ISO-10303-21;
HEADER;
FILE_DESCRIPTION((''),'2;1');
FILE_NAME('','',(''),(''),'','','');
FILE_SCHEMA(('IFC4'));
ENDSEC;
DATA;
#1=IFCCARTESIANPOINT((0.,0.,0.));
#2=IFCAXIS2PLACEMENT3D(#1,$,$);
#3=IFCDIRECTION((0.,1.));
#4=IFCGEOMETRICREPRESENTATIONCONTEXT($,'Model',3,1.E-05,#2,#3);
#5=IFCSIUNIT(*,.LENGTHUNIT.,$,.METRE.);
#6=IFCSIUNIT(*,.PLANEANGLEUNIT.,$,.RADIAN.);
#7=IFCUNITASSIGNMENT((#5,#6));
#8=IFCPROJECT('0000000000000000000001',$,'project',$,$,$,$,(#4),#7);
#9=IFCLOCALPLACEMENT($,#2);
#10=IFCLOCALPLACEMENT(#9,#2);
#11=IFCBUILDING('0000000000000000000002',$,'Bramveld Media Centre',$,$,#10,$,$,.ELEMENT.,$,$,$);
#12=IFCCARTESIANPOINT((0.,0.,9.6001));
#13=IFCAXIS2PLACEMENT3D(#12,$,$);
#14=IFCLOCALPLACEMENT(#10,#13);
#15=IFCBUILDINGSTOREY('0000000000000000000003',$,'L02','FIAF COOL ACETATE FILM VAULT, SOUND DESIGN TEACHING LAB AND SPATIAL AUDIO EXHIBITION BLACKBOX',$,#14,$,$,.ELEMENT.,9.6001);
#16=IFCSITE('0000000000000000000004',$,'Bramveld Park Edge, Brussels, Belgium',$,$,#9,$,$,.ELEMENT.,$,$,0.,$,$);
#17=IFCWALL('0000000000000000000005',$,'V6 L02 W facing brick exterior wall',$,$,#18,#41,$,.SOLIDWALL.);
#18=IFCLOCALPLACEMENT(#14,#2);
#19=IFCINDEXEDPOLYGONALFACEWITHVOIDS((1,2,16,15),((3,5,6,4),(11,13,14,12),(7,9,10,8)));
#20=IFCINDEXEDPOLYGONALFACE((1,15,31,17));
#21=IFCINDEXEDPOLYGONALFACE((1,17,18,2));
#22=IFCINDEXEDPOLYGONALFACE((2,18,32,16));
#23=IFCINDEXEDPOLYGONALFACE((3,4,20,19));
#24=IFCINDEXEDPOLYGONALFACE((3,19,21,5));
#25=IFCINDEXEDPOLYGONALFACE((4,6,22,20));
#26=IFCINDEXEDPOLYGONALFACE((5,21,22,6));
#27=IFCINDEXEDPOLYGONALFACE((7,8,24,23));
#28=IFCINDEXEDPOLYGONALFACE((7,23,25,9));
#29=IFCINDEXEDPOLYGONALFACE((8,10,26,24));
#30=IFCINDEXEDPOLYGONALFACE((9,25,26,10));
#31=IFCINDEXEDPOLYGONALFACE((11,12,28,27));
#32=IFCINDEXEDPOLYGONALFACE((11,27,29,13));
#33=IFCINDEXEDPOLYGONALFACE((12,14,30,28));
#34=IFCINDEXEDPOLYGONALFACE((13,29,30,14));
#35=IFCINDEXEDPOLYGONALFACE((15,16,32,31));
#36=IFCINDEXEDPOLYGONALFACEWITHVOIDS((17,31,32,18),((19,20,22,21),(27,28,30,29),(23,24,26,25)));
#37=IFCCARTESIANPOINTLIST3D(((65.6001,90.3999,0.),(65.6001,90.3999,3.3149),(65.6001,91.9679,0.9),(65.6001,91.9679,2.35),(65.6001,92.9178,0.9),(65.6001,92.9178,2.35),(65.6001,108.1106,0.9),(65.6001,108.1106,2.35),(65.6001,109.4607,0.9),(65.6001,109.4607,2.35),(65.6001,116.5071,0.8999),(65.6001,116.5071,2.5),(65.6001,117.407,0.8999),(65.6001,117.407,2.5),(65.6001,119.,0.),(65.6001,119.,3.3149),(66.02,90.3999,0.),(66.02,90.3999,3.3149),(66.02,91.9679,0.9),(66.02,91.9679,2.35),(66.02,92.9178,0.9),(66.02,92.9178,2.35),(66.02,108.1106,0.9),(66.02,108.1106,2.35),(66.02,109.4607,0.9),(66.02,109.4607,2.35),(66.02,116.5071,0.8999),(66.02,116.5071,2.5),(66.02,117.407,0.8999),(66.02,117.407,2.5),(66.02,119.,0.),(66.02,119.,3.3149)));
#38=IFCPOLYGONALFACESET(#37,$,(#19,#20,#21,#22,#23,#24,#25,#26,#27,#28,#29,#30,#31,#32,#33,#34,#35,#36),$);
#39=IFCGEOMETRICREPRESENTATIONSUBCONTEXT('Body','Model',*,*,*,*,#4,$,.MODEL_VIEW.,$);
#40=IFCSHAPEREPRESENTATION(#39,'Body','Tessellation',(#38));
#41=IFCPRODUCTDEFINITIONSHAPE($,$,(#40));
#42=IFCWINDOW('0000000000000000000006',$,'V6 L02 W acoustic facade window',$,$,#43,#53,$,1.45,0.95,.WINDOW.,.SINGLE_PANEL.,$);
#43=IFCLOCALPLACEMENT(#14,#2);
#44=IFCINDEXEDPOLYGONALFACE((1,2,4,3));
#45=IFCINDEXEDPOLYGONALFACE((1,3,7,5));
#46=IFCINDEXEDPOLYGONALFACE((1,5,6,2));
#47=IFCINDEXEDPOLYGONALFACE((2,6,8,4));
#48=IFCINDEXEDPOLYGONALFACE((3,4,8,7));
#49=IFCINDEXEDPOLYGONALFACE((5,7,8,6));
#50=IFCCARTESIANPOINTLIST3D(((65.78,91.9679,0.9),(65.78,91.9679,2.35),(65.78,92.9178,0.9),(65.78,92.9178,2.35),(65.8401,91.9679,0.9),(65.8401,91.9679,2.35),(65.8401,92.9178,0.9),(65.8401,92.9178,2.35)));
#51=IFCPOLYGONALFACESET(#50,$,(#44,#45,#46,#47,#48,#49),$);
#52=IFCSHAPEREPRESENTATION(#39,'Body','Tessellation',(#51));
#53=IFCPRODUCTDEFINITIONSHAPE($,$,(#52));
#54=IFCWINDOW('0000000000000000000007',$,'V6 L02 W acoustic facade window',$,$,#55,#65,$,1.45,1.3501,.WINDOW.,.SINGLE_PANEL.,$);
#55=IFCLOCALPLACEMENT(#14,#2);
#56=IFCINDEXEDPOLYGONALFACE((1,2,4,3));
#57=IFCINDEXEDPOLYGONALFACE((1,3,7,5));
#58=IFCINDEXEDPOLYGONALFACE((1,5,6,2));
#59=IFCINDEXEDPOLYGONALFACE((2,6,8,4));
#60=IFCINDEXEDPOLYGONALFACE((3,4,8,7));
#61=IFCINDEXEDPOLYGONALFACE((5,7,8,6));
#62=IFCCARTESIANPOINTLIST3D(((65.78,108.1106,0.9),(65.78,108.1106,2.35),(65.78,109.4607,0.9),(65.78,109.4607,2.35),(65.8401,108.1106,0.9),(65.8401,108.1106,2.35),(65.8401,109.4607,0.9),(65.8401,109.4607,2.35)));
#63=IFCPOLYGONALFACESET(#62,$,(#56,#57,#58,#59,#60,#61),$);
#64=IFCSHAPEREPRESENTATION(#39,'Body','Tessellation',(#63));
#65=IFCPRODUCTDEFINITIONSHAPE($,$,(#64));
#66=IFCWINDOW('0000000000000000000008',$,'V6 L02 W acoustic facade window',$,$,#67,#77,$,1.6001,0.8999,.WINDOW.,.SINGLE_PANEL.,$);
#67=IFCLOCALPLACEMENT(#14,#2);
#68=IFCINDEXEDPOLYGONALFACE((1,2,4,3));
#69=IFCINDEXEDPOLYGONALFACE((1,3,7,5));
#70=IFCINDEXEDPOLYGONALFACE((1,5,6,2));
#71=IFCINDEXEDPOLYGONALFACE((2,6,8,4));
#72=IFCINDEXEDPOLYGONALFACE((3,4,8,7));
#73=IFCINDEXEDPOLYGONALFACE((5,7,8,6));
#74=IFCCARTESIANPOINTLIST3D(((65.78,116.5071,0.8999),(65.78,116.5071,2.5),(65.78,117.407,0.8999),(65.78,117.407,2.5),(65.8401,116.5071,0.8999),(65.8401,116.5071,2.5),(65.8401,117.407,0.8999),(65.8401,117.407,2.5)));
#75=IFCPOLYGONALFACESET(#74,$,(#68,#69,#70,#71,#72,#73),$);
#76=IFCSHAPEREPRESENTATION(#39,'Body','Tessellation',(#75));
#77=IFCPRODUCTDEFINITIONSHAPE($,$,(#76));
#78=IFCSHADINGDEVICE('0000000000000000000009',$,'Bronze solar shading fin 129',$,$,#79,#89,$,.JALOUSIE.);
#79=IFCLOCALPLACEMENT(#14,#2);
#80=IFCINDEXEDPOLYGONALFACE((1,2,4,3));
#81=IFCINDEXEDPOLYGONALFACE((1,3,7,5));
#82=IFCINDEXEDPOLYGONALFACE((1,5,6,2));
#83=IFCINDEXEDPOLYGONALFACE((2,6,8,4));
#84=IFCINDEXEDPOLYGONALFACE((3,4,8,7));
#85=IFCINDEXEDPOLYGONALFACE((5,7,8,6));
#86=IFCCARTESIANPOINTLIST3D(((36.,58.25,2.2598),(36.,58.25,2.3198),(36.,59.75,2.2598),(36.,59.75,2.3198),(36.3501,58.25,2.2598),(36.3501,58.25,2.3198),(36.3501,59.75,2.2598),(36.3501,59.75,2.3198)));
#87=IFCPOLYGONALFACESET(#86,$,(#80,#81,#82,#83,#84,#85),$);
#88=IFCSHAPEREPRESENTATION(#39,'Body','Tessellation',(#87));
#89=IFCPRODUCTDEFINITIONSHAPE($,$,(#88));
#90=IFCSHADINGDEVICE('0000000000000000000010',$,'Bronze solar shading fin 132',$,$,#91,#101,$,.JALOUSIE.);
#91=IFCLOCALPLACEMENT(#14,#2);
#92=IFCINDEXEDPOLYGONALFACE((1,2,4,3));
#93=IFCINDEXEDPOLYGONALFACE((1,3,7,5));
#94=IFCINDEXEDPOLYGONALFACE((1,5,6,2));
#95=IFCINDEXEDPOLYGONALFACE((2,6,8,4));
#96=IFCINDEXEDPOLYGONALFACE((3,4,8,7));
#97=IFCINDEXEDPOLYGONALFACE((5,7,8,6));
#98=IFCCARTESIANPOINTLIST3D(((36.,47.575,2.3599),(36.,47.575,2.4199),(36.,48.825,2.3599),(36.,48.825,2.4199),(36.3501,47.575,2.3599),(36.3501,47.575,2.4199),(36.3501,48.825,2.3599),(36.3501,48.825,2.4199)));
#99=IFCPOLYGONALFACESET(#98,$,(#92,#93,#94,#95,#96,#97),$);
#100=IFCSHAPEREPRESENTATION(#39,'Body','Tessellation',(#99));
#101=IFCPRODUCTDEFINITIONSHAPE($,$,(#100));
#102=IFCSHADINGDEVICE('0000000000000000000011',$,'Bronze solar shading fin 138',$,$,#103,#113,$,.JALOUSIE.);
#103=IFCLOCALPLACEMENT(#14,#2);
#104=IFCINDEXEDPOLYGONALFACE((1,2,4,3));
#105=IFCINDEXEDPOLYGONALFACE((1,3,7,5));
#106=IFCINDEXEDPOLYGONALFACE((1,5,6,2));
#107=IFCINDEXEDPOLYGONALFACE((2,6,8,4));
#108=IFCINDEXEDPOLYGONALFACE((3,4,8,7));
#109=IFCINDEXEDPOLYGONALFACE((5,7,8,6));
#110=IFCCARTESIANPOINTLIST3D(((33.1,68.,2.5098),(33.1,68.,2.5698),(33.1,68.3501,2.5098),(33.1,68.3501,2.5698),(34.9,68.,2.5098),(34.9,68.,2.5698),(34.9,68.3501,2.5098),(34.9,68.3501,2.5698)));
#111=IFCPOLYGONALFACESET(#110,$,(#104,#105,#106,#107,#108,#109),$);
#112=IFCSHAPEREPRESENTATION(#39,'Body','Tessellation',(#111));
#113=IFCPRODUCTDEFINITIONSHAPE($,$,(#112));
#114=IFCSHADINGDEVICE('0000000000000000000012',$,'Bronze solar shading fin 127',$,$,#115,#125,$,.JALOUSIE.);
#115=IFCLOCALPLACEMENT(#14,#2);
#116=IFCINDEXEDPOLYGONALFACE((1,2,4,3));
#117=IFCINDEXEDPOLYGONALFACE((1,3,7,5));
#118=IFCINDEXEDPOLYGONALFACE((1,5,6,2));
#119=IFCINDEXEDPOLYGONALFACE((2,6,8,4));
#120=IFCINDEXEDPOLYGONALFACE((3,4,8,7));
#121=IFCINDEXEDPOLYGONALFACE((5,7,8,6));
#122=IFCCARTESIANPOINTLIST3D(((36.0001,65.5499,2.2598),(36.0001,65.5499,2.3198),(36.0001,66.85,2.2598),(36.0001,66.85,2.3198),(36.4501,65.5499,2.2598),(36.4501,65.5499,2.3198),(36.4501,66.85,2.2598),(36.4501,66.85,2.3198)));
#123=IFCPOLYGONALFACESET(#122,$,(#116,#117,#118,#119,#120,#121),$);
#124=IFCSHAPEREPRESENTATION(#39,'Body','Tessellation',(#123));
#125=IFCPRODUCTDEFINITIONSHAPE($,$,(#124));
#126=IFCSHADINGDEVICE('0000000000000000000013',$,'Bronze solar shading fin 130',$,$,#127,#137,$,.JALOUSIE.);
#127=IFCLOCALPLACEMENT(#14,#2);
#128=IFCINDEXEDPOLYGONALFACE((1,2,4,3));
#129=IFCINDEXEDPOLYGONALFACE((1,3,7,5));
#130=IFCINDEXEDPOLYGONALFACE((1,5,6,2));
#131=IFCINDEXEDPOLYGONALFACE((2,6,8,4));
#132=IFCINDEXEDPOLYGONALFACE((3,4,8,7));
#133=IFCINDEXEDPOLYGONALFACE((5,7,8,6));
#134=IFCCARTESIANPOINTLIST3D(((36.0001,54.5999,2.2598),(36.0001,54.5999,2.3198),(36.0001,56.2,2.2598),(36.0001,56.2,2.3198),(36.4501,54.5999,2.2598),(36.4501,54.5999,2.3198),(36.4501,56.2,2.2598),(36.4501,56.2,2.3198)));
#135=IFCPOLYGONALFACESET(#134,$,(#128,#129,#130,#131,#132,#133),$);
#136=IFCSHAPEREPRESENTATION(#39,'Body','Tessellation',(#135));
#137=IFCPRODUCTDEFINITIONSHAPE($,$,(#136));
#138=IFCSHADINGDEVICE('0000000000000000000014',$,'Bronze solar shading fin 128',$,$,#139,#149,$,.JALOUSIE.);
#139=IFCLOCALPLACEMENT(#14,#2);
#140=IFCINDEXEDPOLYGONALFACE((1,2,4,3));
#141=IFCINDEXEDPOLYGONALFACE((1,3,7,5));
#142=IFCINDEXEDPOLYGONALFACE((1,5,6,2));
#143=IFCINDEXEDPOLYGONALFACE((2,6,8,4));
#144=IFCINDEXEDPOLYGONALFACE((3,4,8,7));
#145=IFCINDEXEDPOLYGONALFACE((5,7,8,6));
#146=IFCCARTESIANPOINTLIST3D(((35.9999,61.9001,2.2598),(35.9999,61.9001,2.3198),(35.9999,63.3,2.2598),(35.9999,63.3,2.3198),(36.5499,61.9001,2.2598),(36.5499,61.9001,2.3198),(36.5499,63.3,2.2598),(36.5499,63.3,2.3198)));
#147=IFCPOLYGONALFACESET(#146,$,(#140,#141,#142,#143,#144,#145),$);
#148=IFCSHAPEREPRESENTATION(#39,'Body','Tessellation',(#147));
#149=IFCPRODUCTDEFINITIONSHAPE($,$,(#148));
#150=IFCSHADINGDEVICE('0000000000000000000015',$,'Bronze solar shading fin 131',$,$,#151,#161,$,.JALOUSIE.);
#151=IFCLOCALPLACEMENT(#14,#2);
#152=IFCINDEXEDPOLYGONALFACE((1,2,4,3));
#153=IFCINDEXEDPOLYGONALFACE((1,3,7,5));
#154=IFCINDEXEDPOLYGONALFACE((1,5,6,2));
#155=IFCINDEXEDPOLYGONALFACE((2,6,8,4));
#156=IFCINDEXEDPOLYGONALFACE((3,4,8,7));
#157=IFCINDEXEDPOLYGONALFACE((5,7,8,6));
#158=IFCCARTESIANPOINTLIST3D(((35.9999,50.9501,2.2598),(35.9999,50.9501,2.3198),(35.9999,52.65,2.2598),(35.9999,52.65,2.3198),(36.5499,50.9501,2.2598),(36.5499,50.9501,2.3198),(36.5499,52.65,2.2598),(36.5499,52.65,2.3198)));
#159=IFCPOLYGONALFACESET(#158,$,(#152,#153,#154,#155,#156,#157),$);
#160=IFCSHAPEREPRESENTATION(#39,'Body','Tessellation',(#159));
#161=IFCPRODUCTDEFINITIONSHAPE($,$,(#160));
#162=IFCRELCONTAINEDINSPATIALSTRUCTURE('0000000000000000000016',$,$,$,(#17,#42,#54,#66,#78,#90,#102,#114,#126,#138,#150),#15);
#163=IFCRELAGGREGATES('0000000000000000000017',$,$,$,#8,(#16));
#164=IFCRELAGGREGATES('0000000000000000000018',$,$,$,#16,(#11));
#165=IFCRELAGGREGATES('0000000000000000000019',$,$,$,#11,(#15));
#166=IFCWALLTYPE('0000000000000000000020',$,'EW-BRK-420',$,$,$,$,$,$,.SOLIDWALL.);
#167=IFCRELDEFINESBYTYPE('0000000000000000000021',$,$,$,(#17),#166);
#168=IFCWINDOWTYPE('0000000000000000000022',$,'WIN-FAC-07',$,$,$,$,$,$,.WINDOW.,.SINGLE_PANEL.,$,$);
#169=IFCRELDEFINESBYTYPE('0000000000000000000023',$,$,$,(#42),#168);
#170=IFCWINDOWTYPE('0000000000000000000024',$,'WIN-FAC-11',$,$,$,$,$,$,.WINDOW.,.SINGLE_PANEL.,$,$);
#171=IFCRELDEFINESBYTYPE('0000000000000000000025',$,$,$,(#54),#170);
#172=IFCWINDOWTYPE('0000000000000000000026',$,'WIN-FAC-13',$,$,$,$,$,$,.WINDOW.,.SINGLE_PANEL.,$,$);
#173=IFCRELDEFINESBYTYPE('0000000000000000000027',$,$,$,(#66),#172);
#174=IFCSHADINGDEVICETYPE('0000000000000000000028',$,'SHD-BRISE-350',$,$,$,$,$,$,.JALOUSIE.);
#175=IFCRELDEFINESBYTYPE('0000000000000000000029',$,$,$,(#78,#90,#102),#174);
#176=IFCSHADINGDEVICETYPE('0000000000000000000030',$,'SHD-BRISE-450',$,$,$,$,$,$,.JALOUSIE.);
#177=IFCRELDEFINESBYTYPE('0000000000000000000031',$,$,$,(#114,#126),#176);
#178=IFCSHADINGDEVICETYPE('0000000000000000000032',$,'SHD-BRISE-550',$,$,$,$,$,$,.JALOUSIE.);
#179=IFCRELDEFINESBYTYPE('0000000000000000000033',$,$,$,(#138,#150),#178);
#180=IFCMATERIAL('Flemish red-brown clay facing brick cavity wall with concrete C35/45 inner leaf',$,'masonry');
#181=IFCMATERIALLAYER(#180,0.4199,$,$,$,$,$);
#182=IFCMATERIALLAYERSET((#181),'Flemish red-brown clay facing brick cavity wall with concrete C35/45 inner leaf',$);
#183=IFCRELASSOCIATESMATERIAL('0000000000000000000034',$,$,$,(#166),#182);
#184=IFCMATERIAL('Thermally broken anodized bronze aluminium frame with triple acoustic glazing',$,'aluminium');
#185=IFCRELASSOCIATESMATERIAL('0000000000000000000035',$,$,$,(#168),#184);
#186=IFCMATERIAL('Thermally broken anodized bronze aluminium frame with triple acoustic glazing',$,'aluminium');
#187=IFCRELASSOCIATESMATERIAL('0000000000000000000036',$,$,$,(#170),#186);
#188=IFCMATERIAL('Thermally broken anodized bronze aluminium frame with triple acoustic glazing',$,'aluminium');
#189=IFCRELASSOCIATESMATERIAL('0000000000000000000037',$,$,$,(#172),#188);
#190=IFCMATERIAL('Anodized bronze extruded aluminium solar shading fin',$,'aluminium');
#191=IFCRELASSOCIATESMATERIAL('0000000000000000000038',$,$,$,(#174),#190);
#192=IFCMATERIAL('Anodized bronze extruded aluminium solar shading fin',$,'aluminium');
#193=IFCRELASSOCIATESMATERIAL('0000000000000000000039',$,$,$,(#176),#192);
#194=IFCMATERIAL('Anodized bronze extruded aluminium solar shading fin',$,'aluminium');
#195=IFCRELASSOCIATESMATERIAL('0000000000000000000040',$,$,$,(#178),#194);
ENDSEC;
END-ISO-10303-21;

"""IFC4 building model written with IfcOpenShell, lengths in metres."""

from ifc_helpers import new_model, si_unit, direction, frame, frame_2d, origin, origin_2d, place, context, subcontext, project, spatial, rectangle, extrude, material, layer, layer_set, type_object, element, fill, save


model = new_model("IFC4")

# Units and contexts
model_context = context("Model", 3, precision=1e-05, world=origin(), true_north=direction((0.0, 1.0)))
body_context = subcontext(model_context, "Body", "Model", "MODEL_VIEW")
ifc_project = project(units=[si_unit("LENGTHUNIT", "METRE"), si_unit("PLANEANGLEUNIT", "RADIAN")], contexts=[model_context])

# Site, building, storey
site_placement = place(None, origin())
site = spatial("IfcSite", under=ifc_project, at=site_placement, Name="Bramveld Park Edge, Brussels, Belgium", CompositionType="ELEMENT", RefElevation=0.0)
building_placement = place(site_placement, origin())
building = spatial("IfcBuilding", under=site, at=building_placement, Name="Bramveld Media Centre", CompositionType="ELEMENT")
storey_placement = place(building_placement, frame((0.0, 0.0, 9.6001)))
storey = spatial("IfcBuildingStorey", under=building, at=storey_placement, Name="L02", Description="FIAF COOL ACETATE FILM VAULT, SOUND DESIGN TEACHING LAB AND SPATIAL AUDIO EXHIBITION BLACKBOX", CompositionType="ELEMENT", Elevation=9.6001)

# Wall, openings, windows
ifc_material_1 = material(Name="Flemish red-brown clay facing brick cavity wall with concrete C35/45 inner leaf", Category="masonry")
ifc_layer = layer(ifc_material_1, 0.4199)
ifc_layer_set = layer_set([ifc_layer], Name="Flemish red-brown clay facing brick cavity wall with concrete C35/45 inner leaf")
wall_type = type_object("IfcWallType", Name="EW-BRK-420", PredefinedType="SOLIDWALL", material=ifc_layer_set)
ifc_material_2 = material(Name="Thermally broken anodized bronze aluminium frame with triple acoustic glazing", Category="aluminium")
window_type_1 = type_object("IfcWindowType", Name="WIN-FAC-07", PartitioningType="SINGLE_PANEL", PredefinedType="WINDOW", material=ifc_material_2)
wall_1_placement = place(storey_placement, frame((65.8101, 90.3999, 0.0), z_axis=(0.0, 0.0, 1.0), x_axis=(0.0, 1.0, 0.0)))
wall_1 = element("IfcWall", 1, at=wall_1_placement, inside=storey, type_object=wall_type, Name="V6 L02 W facing brick exterior wall", PredefinedType="SOLIDWALL", context=body_context, shape_type="SweptSolid", body=[
    extrude(rectangle(XDim=28.6001, YDim=0.4199, at=frame_2d((14.3, 0.0))), origin(), (0.0, 0.0, 1.0), 3.3149),
])
opening_1_placement = place(wall_1_placement, frame((1.5679, 0.0, 0.8999)))
opening_1 = element("IfcOpeningElement", 2, at=opening_1_placement, cuts=wall_1, PredefinedType="OPENING", context=body_context, shape_type="SweptSolid", body=[
    extrude(rectangle(XDim=0.95, YDim=1.45, at=frame_2d((0.4751, 0.7251))), frame((0.0, 0.2219, 0.0), z_axis=(0.0, -1.0, 0.0), x_axis=(1.0, 0.0, 0.0)), (0.0, 0.0, 1.0), 0.4438),
])
opening_2_placement = place(wall_1_placement, frame((17.7107, 0.0, 0.8999)))
opening_2 = element("IfcOpeningElement", 3, at=opening_2_placement, cuts=wall_1, PredefinedType="OPENING", context=body_context, shape_type="SweptSolid", body=[
    extrude(rectangle(XDim=1.3501, YDim=1.45, at=frame_2d((0.675, 0.7251))), frame((0.0, 0.2219, 0.0), z_axis=(0.0, -1.0, 0.0), x_axis=(1.0, 0.0, 0.0)), (0.0, 0.0, 1.0), 0.4438),
])
opening_3_placement = place(wall_1_placement, frame((26.1072, 0.0, 0.8999)))
opening_3 = element("IfcOpeningElement", 4, at=opening_3_placement, cuts=wall_1, PredefinedType="OPENING", context=body_context, shape_type="SweptSolid", body=[
    extrude(rectangle(XDim=0.8999, YDim=1.6001, at=frame_2d((0.45, 0.8))), frame((0.0, 0.2219, 0.0), z_axis=(0.0, -1.0, 0.0), x_axis=(1.0, 0.0, 0.0)), (0.0, 0.0, 1.0), 0.4438),
])
window_1_placement = place(opening_1_placement, origin())
window_1 = element("IfcWindow", 5, at=window_1_placement, inside=storey, type_object=window_type_1, Name="V6 L02 W acoustic facade window", OverallHeight=1.45, OverallWidth=0.95, PartitioningType="SINGLE_PANEL", PredefinedType="WINDOW", context=body_context, shape_type="SweptSolid", body=[
    extrude(rectangle(XDim=0.95, YDim=1.45, at=frame_2d((0.4751, 0.7251))), frame((0.0, 0.03, 0.0), z_axis=(0.0, -1.0, 0.0), x_axis=(1.0, 0.0, 0.0)), (0.0, 0.0, 1.0), 0.0601),
])
fill(opening_1, window_1)
ifc_material_3 = material(Name="Thermally broken anodized bronze aluminium frame with triple acoustic glazing", Category="aluminium")
window_type_2 = type_object("IfcWindowType", Name="WIN-FAC-11", PartitioningType="SINGLE_PANEL", PredefinedType="WINDOW", material=ifc_material_3)
window_2_placement = place(opening_2_placement, origin())
window_2 = element("IfcWindow", 6, at=window_2_placement, inside=storey, type_object=window_type_2, Name="V6 L02 W acoustic facade window", OverallHeight=1.45, OverallWidth=1.3501, PartitioningType="SINGLE_PANEL", PredefinedType="WINDOW", context=body_context, shape_type="SweptSolid", body=[
    extrude(rectangle(XDim=1.3501, YDim=1.45, at=frame_2d((0.675, 0.7251))), frame((0.0, 0.03, 0.0), z_axis=(0.0, -1.0, 0.0), x_axis=(1.0, 0.0, 0.0)), (0.0, 0.0, 1.0), 0.0601),
])
fill(opening_2, window_2)
ifc_material_4 = material(Name="Thermally broken anodized bronze aluminium frame with triple acoustic glazing", Category="aluminium")
window_type_3 = type_object("IfcWindowType", Name="WIN-FAC-13", PartitioningType="SINGLE_PANEL", PredefinedType="WINDOW", material=ifc_material_4)
window_3_placement = place(opening_3_placement, origin())
window_3 = element("IfcWindow", 7, at=window_3_placement, inside=storey, type_object=window_type_3, Name="V6 L02 W acoustic facade window", OverallHeight=1.6001, OverallWidth=0.8999, PartitioningType="SINGLE_PANEL", PredefinedType="WINDOW", context=body_context, shape_type="SweptSolid", body=[
    extrude(rectangle(XDim=0.8999, YDim=1.6001, at=frame_2d((0.45, 0.8))), frame((0.0, 0.03, 0.0), z_axis=(0.0, -1.0, 0.0), x_axis=(1.0, 0.0, 0.0)), (0.0, 0.0, 1.0), 0.0601),
])
fill(opening_3, window_3)

# Shading devices
ifc_material_5 = material(Name="Anodized bronze extruded aluminium solar shading fin", Category="aluminium")
shading_device_type_1 = type_object("IfcShadingDeviceType", Name="SHD-BRISE-350", PredefinedType="JALOUSIE", material=ifc_material_5)
shading_device_1_placement = place(storey_placement, frame((36.175, 59.0, 2.2598), z_axis=(0.0, 0.0, 1.0), x_axis=(1.0, 0.0, 0.0)))
element("IfcShadingDevice", 8, at=shading_device_1_placement, inside=storey, type_object=shading_device_type_1, Name="Bronze solar shading fin 129", PredefinedType="JALOUSIE", context=body_context, shape_type="SweptSolid", body=[
    extrude(rectangle(XDim=0.3501, YDim=1.5, at=origin_2d()), origin(), (0.0, 0.0, 1.0), 0.0601),
])
shading_device_2_placement = place(storey_placement, frame((36.175, 48.2, 2.3599), z_axis=(0.0, 0.0, 1.0), x_axis=(1.0, 0.0, 0.0)))
element("IfcShadingDevice", 9, at=shading_device_2_placement, inside=storey, type_object=shading_device_type_1, Name="Bronze solar shading fin 132", PredefinedType="JALOUSIE", context=body_context, shape_type="SweptSolid", body=[
    extrude(rectangle(XDim=0.3501, YDim=1.25, at=origin_2d()), origin(), (0.0, 0.0, 1.0), 0.0601),
])
shading_device_3_placement = place(storey_placement, frame((34.0, 68.175, 2.5098), z_axis=(0.0, 0.0, 1.0), x_axis=(1.0, 0.0, 0.0)))
element("IfcShadingDevice", 10, at=shading_device_3_placement, inside=storey, type_object=shading_device_type_1, Name="Bronze solar shading fin 138", PredefinedType="JALOUSIE", context=body_context, shape_type="SweptSolid", body=[
    extrude(rectangle(XDim=1.8, YDim=0.3501, at=origin_2d()), origin(), (0.0, 0.0, 1.0), 0.0601),
])
ifc_material_6 = material(Name="Anodized bronze extruded aluminium solar shading fin", Category="aluminium")
shading_device_type_2 = type_object("IfcShadingDeviceType", Name="SHD-BRISE-450", PredefinedType="JALOUSIE", material=ifc_material_6)
shading_device_4_placement = place(storey_placement, frame((36.2251, 66.2, 2.2598), z_axis=(0.0, 0.0, 1.0), x_axis=(1.0, 0.0, 0.0)))
element("IfcShadingDevice", 11, at=shading_device_4_placement, inside=storey, type_object=shading_device_type_2, Name="Bronze solar shading fin 127", PredefinedType="JALOUSIE", context=body_context, shape_type="SweptSolid", body=[
    extrude(rectangle(XDim=0.45, YDim=1.3, at=origin_2d()), origin(), (0.0, 0.0, 1.0), 0.0601),
])
shading_device_5_placement = place(storey_placement, frame((36.2251, 55.3999, 2.2598), z_axis=(0.0, 0.0, 1.0), x_axis=(1.0, 0.0, 0.0)))
element("IfcShadingDevice", 12, at=shading_device_5_placement, inside=storey, type_object=shading_device_type_2, Name="Bronze solar shading fin 130", PredefinedType="JALOUSIE", context=body_context, shape_type="SweptSolid", body=[
    extrude(rectangle(XDim=0.45, YDim=1.6001, at=origin_2d()), origin(), (0.0, 0.0, 1.0), 0.0601),
])
ifc_material_7 = material(Name="Anodized bronze extruded aluminium solar shading fin", Category="aluminium")
shading_device_type_3 = type_object("IfcShadingDeviceType", Name="SHD-BRISE-550", PredefinedType="JALOUSIE", material=ifc_material_7)
shading_device_6_placement = place(storey_placement, frame((36.2749, 62.6001, 2.2598), z_axis=(0.0, 0.0, 1.0), x_axis=(1.0, 0.0, 0.0)))
element("IfcShadingDevice", 13, at=shading_device_6_placement, inside=storey, type_object=shading_device_type_3, Name="Bronze solar shading fin 128", PredefinedType="JALOUSIE", context=body_context, shape_type="SweptSolid", body=[
    extrude(rectangle(XDim=0.55, YDim=1.3999, at=origin_2d()), origin(), (0.0, 0.0, 1.0), 0.0601),
])
shading_device_7_placement = place(storey_placement, frame((36.2749, 51.8, 2.2598), z_axis=(0.0, 0.0, 1.0), x_axis=(1.0, 0.0, 0.0)))
element("IfcShadingDevice", 14, at=shading_device_7_placement, inside=storey, type_object=shading_device_type_3, Name="Bronze solar shading fin 131", PredefinedType="JALOUSIE", context=body_context, shape_type="SweptSolid", body=[
    extrude(rectangle(XDim=0.55, YDim=1.7, at=origin_2d()), origin(), (0.0, 0.0, 1.0), 0.0601),
])

save(model, "model.ifc")
